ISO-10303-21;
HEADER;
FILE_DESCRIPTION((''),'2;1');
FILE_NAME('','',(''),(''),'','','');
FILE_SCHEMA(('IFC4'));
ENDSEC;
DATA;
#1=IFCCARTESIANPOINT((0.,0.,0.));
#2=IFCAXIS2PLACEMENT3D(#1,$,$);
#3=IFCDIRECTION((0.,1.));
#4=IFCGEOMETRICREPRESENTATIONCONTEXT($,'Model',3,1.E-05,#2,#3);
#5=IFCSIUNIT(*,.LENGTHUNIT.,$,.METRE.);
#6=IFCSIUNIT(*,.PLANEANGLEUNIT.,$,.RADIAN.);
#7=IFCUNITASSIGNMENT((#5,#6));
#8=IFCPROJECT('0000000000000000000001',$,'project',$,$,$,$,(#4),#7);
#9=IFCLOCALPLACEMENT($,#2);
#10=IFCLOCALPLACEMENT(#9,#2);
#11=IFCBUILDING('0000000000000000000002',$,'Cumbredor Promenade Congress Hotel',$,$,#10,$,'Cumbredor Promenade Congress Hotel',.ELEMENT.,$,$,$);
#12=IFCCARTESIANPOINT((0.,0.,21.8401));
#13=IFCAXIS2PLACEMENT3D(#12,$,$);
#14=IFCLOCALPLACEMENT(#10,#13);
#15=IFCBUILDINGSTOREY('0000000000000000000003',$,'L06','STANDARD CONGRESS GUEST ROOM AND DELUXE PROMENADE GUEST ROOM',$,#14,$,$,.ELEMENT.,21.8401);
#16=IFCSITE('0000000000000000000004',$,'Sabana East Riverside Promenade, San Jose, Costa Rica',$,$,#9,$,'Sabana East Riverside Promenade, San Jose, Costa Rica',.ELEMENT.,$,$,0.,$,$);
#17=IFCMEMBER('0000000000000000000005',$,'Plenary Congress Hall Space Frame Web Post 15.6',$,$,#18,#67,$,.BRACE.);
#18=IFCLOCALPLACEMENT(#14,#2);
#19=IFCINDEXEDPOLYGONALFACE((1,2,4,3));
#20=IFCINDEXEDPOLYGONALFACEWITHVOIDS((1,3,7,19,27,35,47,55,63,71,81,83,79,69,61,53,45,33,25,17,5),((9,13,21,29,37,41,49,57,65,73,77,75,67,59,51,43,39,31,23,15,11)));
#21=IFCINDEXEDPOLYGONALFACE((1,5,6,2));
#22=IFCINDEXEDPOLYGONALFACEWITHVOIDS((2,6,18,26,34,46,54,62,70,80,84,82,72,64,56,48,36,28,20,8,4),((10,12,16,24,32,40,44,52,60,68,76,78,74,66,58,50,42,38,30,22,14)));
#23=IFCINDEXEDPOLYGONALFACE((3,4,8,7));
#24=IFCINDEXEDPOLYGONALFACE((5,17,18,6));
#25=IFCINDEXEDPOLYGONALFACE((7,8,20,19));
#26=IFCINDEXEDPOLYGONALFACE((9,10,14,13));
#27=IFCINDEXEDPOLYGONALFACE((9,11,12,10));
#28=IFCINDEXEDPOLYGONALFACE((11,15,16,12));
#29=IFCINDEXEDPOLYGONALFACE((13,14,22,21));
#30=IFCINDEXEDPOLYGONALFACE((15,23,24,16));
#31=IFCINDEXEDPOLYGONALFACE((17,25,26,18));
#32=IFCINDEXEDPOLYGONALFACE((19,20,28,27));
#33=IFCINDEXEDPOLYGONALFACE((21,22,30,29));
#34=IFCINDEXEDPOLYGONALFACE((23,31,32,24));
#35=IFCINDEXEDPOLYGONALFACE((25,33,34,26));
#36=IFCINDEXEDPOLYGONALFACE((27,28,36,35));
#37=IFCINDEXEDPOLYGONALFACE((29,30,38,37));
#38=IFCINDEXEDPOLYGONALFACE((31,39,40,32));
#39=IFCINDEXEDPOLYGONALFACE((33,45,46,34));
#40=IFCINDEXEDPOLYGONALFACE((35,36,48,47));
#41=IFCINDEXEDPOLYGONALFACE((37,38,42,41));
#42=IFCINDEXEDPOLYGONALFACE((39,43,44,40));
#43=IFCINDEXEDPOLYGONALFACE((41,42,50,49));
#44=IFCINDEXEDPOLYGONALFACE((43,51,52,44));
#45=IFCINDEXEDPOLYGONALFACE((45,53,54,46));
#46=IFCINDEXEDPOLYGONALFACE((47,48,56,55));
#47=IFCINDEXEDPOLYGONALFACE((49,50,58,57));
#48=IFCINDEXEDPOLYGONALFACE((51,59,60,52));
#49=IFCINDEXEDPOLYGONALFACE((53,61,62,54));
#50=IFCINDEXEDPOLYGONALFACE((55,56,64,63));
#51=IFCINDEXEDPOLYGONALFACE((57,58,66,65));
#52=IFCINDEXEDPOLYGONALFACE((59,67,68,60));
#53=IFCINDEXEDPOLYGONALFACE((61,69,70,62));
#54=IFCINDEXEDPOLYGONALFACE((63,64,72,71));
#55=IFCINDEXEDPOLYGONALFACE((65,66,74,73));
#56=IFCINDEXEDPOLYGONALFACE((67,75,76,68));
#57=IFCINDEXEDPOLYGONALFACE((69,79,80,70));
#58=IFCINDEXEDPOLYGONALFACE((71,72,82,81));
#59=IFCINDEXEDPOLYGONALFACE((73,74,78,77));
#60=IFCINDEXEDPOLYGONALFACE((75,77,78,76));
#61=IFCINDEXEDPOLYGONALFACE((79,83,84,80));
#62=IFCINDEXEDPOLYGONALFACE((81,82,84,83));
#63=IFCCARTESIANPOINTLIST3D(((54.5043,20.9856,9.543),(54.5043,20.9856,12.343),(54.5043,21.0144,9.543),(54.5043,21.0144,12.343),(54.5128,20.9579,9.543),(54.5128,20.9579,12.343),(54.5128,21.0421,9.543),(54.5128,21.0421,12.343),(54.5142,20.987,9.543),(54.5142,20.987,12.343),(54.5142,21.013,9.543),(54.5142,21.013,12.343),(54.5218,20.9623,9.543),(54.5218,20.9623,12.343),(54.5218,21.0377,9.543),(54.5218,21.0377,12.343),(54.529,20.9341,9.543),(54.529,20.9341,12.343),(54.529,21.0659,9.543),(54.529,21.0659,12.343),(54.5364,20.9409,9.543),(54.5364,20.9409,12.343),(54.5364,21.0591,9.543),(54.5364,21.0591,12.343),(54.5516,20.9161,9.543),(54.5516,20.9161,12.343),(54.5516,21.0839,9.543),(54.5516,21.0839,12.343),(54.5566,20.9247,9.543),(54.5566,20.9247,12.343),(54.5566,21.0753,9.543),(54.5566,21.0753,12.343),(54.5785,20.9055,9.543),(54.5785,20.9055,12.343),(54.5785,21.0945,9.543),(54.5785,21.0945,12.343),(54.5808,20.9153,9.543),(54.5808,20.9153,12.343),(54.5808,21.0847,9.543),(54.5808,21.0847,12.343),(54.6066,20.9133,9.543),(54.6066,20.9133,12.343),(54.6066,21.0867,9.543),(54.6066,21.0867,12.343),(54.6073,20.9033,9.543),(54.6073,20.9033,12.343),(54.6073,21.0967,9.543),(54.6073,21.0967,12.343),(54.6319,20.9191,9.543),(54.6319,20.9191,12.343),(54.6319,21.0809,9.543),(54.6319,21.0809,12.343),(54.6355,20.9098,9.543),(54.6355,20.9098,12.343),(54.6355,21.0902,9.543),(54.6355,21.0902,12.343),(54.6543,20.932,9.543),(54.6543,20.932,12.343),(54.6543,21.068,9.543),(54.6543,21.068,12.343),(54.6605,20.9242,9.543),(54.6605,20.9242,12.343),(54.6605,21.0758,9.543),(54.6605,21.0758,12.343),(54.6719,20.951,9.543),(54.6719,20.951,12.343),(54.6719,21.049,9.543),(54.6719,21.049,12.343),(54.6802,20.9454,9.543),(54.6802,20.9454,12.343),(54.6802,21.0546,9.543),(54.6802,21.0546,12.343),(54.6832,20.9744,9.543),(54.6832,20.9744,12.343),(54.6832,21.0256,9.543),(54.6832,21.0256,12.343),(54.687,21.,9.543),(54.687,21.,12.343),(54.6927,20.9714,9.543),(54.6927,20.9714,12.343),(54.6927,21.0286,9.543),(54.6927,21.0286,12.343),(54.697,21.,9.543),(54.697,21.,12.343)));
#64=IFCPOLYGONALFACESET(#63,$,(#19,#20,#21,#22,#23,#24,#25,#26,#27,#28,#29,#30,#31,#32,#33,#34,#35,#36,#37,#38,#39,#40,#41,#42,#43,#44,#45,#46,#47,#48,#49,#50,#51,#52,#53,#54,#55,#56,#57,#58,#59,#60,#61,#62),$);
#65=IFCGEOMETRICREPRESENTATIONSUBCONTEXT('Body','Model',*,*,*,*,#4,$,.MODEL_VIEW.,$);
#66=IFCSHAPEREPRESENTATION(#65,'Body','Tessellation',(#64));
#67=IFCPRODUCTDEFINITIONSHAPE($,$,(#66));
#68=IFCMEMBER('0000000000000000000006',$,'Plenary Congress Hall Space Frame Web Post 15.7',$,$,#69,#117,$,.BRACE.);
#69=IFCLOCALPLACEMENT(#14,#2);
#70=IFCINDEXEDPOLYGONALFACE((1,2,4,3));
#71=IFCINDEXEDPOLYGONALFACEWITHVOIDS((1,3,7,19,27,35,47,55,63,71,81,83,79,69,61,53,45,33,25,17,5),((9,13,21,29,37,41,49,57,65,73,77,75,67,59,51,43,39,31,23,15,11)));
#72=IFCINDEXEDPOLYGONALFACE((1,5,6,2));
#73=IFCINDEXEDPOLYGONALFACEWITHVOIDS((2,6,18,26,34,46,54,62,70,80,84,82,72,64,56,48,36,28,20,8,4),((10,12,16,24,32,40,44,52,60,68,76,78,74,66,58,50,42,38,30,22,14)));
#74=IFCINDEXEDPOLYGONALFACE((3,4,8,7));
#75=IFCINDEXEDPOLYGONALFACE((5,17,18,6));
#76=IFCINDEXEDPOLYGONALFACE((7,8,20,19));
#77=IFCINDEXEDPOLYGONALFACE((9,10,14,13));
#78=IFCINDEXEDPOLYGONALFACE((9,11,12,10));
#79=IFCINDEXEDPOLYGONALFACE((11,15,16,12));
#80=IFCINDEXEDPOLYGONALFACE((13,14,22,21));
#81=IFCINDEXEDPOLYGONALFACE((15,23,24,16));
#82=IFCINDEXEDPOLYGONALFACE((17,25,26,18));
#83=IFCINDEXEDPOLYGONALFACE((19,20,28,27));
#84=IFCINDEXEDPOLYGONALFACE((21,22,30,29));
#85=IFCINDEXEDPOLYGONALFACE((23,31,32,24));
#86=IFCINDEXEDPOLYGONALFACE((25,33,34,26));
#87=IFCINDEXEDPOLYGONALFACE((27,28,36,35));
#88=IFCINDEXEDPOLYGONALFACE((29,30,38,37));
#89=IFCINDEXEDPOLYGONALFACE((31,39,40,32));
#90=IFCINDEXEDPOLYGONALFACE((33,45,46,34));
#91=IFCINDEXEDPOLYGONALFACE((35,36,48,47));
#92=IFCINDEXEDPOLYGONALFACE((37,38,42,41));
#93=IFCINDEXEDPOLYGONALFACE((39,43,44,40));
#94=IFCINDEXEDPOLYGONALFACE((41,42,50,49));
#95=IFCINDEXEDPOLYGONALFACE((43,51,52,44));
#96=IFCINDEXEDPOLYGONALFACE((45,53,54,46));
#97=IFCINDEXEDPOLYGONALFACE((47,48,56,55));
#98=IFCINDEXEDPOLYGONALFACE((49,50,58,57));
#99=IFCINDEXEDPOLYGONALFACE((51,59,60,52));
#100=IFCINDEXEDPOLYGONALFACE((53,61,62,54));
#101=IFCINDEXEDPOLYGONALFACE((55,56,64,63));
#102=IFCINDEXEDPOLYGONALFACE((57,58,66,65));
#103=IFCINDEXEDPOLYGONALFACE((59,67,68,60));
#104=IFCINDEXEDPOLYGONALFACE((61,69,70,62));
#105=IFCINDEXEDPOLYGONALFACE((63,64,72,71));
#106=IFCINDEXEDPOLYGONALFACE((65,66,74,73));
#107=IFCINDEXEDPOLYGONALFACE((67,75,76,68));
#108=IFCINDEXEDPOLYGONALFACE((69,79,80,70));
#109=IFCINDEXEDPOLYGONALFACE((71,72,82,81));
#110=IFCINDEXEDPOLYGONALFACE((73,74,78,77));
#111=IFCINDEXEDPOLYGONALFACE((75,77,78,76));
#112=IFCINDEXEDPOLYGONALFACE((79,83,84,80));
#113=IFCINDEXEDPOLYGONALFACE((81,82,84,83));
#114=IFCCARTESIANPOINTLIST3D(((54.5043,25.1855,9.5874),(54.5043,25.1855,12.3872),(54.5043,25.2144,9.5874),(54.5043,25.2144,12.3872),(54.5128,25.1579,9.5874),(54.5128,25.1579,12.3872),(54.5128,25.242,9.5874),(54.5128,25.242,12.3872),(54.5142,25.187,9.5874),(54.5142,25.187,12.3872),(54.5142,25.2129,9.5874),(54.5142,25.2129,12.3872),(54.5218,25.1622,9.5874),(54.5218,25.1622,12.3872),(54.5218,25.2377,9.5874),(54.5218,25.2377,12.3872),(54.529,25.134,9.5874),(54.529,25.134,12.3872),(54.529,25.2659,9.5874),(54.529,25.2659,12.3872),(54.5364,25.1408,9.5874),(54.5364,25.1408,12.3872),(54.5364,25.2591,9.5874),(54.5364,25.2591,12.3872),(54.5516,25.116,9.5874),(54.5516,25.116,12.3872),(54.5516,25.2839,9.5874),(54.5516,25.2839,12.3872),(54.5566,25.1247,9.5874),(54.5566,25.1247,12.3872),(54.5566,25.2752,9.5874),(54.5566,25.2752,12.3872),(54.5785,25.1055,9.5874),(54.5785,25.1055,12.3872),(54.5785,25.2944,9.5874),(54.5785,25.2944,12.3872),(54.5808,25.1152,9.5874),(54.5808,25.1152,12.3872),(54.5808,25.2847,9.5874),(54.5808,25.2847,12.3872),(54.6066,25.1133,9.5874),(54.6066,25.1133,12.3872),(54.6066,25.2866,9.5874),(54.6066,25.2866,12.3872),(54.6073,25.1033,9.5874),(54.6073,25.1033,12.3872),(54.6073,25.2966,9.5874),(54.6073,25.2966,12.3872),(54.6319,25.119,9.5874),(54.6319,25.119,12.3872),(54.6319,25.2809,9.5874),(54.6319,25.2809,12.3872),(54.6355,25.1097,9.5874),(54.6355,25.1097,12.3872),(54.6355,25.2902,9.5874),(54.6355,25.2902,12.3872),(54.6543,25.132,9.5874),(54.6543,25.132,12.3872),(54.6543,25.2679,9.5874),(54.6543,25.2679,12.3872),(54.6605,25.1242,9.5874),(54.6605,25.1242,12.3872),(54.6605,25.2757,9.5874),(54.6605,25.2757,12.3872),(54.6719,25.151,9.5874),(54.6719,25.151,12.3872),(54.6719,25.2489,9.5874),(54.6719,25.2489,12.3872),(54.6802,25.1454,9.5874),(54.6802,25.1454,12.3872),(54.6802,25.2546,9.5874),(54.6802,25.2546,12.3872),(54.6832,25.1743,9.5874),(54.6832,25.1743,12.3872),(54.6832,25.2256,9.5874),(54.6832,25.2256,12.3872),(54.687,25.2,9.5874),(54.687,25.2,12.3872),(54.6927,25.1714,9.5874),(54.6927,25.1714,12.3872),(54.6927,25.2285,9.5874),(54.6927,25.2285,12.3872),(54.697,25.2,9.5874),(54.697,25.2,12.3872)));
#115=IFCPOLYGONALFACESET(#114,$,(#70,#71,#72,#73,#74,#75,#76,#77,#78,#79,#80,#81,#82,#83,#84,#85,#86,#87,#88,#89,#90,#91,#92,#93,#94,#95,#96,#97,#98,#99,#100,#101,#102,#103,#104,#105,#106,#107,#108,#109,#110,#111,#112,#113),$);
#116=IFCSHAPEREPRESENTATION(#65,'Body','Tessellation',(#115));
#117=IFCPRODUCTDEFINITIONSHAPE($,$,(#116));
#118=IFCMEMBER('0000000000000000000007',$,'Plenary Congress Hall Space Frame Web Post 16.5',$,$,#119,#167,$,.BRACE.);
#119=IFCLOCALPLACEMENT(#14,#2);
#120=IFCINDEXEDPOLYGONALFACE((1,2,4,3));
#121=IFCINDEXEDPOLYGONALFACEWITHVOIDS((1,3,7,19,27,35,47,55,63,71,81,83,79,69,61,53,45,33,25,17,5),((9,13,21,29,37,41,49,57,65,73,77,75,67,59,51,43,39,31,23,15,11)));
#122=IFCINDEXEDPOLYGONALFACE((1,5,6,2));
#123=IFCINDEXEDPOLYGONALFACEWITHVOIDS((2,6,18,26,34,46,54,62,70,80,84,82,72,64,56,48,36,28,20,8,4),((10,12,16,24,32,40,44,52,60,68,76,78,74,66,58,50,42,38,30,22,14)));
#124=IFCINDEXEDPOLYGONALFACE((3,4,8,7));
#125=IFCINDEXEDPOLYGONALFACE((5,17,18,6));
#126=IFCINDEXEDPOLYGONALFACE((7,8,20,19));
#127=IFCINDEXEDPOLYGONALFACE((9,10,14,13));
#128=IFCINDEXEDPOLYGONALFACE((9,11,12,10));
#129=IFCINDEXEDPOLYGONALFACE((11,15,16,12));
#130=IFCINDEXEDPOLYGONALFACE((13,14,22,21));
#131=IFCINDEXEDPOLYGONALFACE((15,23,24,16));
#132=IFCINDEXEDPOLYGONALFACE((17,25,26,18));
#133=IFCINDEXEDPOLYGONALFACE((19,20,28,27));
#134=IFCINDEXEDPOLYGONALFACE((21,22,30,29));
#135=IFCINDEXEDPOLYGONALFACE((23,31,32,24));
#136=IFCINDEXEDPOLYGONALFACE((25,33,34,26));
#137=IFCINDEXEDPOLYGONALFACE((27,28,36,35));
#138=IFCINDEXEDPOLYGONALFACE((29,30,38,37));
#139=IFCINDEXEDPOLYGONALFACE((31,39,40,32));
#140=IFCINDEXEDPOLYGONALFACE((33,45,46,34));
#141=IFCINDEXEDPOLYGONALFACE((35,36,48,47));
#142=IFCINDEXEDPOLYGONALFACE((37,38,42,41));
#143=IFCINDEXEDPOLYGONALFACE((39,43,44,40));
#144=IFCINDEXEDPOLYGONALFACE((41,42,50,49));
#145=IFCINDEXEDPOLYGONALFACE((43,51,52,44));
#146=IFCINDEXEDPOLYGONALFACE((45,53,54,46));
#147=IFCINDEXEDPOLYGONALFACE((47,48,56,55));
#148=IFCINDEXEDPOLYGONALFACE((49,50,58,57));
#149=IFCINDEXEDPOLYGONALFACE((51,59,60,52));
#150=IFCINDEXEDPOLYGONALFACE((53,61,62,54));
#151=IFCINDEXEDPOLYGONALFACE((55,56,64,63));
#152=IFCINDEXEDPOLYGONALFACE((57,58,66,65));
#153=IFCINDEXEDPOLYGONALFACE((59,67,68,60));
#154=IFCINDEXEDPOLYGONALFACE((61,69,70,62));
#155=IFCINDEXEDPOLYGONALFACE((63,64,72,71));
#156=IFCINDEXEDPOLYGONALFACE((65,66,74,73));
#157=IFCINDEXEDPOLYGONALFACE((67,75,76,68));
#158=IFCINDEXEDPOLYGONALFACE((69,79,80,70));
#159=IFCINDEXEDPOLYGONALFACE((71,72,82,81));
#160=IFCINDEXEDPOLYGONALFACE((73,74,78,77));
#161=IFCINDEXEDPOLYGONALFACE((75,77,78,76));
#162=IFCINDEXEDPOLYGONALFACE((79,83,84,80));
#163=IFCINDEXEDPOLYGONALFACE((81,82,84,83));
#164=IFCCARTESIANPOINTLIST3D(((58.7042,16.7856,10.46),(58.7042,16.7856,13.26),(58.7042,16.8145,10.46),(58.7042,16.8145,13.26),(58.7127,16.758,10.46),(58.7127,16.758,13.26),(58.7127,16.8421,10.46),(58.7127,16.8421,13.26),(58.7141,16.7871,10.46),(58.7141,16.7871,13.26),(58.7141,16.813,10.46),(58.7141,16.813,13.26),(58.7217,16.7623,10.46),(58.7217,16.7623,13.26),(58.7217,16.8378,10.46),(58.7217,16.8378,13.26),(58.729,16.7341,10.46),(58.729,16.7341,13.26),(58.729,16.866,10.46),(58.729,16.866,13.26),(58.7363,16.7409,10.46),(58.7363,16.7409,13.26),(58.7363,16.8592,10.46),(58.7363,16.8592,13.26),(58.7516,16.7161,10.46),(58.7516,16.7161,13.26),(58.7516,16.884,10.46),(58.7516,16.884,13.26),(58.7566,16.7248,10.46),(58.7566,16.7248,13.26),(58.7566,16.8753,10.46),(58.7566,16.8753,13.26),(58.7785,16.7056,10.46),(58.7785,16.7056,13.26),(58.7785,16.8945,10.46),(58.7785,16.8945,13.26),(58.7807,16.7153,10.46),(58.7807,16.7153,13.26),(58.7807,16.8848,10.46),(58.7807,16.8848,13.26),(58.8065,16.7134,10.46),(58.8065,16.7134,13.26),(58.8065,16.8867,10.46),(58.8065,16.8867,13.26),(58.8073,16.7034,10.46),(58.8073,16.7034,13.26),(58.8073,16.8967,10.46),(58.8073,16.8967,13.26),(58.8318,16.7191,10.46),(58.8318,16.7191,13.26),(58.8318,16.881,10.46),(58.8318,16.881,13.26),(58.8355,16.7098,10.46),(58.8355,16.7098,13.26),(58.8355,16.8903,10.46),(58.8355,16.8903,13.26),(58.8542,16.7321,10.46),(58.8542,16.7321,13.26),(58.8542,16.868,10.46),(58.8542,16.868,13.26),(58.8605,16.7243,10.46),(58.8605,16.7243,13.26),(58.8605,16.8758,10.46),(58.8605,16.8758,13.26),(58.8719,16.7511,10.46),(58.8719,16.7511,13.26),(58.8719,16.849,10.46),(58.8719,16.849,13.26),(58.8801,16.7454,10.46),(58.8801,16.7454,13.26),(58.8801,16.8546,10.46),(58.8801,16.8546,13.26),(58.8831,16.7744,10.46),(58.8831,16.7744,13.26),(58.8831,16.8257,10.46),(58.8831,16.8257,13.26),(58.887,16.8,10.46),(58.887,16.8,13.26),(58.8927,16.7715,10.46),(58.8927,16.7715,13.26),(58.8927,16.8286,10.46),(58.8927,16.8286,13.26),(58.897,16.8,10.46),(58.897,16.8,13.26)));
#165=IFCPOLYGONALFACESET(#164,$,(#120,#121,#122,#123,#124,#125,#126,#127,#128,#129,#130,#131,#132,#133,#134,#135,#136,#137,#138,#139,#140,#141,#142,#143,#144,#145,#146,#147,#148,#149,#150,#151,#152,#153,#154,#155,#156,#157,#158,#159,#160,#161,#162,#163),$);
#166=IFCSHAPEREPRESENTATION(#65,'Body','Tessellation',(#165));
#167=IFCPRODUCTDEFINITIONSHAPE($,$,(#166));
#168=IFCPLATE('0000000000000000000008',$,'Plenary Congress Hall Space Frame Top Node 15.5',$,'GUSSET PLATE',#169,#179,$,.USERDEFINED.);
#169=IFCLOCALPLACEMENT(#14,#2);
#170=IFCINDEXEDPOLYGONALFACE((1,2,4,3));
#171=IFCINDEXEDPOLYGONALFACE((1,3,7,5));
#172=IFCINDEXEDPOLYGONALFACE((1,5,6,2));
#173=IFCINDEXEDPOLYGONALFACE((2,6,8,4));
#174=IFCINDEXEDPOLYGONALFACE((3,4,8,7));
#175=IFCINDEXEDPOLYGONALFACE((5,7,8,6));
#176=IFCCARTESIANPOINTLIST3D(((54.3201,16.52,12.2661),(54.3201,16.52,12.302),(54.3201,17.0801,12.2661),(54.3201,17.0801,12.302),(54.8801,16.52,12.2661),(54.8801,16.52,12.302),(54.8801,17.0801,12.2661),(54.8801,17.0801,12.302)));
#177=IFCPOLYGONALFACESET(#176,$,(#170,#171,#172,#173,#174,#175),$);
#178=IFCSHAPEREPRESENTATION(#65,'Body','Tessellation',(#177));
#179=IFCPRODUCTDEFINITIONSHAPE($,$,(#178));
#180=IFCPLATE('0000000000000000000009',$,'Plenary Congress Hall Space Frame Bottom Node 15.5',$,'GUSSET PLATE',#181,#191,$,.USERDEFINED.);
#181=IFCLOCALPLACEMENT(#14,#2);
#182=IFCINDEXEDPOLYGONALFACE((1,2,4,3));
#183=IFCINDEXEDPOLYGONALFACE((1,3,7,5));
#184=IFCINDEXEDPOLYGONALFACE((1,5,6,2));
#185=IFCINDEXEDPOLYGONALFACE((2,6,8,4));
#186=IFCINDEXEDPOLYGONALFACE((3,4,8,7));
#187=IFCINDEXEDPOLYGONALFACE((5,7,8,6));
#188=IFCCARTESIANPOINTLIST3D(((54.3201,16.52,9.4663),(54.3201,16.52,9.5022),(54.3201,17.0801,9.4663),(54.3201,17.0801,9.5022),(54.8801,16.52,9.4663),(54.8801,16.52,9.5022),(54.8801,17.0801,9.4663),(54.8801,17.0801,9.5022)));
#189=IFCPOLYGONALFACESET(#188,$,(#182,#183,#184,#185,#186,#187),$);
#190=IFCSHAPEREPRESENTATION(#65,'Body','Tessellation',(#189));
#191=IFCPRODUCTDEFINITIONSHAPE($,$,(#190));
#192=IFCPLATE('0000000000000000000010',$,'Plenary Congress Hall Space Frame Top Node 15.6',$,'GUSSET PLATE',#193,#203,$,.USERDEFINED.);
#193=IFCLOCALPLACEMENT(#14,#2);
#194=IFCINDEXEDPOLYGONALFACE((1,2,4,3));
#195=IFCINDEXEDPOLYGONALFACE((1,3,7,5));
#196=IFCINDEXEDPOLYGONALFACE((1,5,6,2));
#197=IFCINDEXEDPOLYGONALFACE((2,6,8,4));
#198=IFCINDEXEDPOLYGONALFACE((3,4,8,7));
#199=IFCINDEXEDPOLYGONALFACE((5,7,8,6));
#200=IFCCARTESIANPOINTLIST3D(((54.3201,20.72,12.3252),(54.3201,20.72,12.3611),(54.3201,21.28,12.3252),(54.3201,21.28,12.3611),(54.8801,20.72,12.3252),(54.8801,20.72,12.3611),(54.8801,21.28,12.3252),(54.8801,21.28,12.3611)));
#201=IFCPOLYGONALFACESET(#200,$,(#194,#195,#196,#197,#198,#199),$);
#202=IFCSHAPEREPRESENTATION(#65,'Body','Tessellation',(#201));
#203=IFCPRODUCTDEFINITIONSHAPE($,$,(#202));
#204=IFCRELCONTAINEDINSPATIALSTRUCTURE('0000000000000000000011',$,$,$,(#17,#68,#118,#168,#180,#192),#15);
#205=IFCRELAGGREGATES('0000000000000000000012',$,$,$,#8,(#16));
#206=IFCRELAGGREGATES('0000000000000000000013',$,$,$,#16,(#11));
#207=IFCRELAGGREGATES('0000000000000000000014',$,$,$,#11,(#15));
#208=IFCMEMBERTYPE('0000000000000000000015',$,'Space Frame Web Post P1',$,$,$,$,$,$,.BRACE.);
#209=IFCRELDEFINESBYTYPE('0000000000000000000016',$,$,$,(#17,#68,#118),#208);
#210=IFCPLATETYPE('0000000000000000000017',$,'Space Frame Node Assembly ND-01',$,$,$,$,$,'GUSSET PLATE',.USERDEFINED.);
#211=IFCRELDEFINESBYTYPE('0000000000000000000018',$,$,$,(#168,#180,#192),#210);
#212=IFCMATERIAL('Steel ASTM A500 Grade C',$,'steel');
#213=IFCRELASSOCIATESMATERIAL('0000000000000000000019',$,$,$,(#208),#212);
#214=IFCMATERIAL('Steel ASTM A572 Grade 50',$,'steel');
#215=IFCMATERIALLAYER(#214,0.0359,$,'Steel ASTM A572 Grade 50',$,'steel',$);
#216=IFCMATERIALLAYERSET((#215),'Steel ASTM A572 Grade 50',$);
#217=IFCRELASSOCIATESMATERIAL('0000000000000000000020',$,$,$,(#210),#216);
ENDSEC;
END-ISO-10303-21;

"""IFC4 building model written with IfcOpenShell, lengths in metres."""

from ifc_helpers import new_model, si_unit, direction, frame, origin, origin_2d, place, context, subcontext, project, spatial, rectangle, hollow_circle, extrude, material, layer, layer_set, material_profile, profile_set, type_object, element, save


model = new_model("IFC4")

# Units and contexts
model_context = context("Model", 3, precision=1e-05, world=origin(), true_north=direction((0.0, 1.0)))
body_context = subcontext(model_context, "Body", "Model", "MODEL_VIEW")
ifc_project = project(units=[si_unit("LENGTHUNIT", "METRE"), si_unit("PLANEANGLEUNIT", "RADIAN")], contexts=[model_context])

# Site, building, storey
site_placement = place(None, origin())
site = spatial("IfcSite", under=ifc_project, at=site_placement, Name="Sabana East Riverside Promenade, San Jose, Costa Rica", LongName="Sabana East Riverside Promenade, San Jose, Costa Rica", CompositionType="ELEMENT", RefElevation=0.0)
building_placement = place(site_placement, origin())
building = spatial("IfcBuilding", under=site, at=building_placement, Name="Cumbredor Promenade Congress Hotel", LongName="Cumbredor Promenade Congress Hotel", CompositionType="ELEMENT")
storey_placement = place(building_placement, frame((0.0, 0.0, 21.8401)))
storey = spatial("IfcBuildingStorey", under=building, at=storey_placement, Name="L06", Description="STANDARD CONGRESS GUEST ROOM AND DELUXE PROMENADE GUEST ROOM", CompositionType="ELEMENT", Elevation=21.8401)

# Members
ifc_material_1 = material(Name="Steel ASTM A500 Grade C", Category="steel")
ifc_material_profile_1 = material_profile(ifc_material_1, hollow_circle(Radius=0.0969, WallThickness=0.01, at=origin_2d()), Name="CHS 193.7x10")
ifc_profile_set_1 = profile_set([ifc_material_profile_1], Name="Steel ASTM A500 Grade C")
member_type_1 = type_object("IfcMemberType", Name="Space Frame Web Post P1", PredefinedType="BRACE", material=ifc_profile_set_1)
for number, where, z_axis, x_axis, name in (
    (1, (54.6001, 21.0, 9.543), (0.0, 0.0, 1.0), (1.0, 0.0, 0.0), "Plenary Congress Hall Space Frame Web Post 15.6"),
):
    element("IfcMember", number, at=place(storey_placement, frame(where, z_axis=z_axis, x_axis=x_axis)), inside=storey, type_object=member_type_1, Name=name, PredefinedType="BRACE", context=body_context, shape_type="SweptSolid", body=[
        extrude(hollow_circle(Radius=0.0969, WallThickness=0.01, at=origin_2d()), origin(), (0.0, 0.0, 1.0), 2.8),
    ])
member_1_placement = place(storey_placement, frame((54.6001, 25.2, 9.5874), z_axis=(0.0, 0.0, 1.0), x_axis=(1.0, 0.0, 0.0)))
element("IfcMember", 2, at=member_1_placement, inside=storey, type_object=member_type_1, Name="Plenary Congress Hall Space Frame Web Post 15.7", PredefinedType="BRACE", context=body_context, shape_type="SweptSolid", body=[
    extrude(hollow_circle(Radius=0.0969, WallThickness=0.01, at=origin_2d()), origin(), (0.0, 0.0, 1.0), 2.7998),
])
member_2_placement = place(storey_placement, frame((58.8, 16.8, 10.46), z_axis=(0.0, 0.0, 1.0), x_axis=(1.0, 0.0, 0.0)))
element("IfcMember", 3, at=member_2_placement, inside=storey, type_object=member_type_1, Name="Plenary Congress Hall Space Frame Web Post 16.5", PredefinedType="BRACE", context=body_context, shape_type="SweptSolid", body=[
    extrude(hollow_circle(Radius=0.0969, WallThickness=0.01, at=origin_2d()), origin(), (0.0, 0.0, 1.0), 2.8),
])

# Plates
ifc_material_2 = material(Name="Steel ASTM A572 Grade 50", Category="steel")
ifc_layer = layer(ifc_material_2, 0.0359, Name="Steel ASTM A572 Grade 50", Category="steel")
ifc_layer_set = layer_set([ifc_layer], Name="Steel ASTM A572 Grade 50")
plate_type = type_object("IfcPlateType", Name="Space Frame Node Assembly ND-01", ElementType="GUSSET PLATE", PredefinedType="USERDEFINED", material=ifc_layer_set)
for number, where, z_axis, x_axis, name in (
    (4, (54.6001, 16.8, 12.2661), (0.0, 0.0, 1.0), (1.0, 0.0, 0.0), "Plenary Congress Hall Space Frame Top Node 15.5"),
    (5, (54.6001, 16.8, 9.4663), (0.0, 0.0, 1.0), (1.0, 0.0, 0.0), "Plenary Congress Hall Space Frame Bottom Node 15.5"),
    (6, (54.6001, 21.0, 12.3252), (0.0, 0.0, 1.0), (1.0, 0.0, 0.0), "Plenary Congress Hall Space Frame Top Node 15.6"),
):
    element("IfcPlate", number, at=place(storey_placement, frame(where, z_axis=z_axis, x_axis=x_axis)), inside=storey, type_object=plate_type, Name=name, ObjectType="GUSSET PLATE", PredefinedType="USERDEFINED", context=body_context, shape_type="SweptSolid", body=[
        extrude(rectangle(XDim=0.5601, YDim=0.5601, at=origin_2d()), origin(), (0.0, 0.0, 1.0), 0.0359),
    ])

save(model, "model.ifc")
